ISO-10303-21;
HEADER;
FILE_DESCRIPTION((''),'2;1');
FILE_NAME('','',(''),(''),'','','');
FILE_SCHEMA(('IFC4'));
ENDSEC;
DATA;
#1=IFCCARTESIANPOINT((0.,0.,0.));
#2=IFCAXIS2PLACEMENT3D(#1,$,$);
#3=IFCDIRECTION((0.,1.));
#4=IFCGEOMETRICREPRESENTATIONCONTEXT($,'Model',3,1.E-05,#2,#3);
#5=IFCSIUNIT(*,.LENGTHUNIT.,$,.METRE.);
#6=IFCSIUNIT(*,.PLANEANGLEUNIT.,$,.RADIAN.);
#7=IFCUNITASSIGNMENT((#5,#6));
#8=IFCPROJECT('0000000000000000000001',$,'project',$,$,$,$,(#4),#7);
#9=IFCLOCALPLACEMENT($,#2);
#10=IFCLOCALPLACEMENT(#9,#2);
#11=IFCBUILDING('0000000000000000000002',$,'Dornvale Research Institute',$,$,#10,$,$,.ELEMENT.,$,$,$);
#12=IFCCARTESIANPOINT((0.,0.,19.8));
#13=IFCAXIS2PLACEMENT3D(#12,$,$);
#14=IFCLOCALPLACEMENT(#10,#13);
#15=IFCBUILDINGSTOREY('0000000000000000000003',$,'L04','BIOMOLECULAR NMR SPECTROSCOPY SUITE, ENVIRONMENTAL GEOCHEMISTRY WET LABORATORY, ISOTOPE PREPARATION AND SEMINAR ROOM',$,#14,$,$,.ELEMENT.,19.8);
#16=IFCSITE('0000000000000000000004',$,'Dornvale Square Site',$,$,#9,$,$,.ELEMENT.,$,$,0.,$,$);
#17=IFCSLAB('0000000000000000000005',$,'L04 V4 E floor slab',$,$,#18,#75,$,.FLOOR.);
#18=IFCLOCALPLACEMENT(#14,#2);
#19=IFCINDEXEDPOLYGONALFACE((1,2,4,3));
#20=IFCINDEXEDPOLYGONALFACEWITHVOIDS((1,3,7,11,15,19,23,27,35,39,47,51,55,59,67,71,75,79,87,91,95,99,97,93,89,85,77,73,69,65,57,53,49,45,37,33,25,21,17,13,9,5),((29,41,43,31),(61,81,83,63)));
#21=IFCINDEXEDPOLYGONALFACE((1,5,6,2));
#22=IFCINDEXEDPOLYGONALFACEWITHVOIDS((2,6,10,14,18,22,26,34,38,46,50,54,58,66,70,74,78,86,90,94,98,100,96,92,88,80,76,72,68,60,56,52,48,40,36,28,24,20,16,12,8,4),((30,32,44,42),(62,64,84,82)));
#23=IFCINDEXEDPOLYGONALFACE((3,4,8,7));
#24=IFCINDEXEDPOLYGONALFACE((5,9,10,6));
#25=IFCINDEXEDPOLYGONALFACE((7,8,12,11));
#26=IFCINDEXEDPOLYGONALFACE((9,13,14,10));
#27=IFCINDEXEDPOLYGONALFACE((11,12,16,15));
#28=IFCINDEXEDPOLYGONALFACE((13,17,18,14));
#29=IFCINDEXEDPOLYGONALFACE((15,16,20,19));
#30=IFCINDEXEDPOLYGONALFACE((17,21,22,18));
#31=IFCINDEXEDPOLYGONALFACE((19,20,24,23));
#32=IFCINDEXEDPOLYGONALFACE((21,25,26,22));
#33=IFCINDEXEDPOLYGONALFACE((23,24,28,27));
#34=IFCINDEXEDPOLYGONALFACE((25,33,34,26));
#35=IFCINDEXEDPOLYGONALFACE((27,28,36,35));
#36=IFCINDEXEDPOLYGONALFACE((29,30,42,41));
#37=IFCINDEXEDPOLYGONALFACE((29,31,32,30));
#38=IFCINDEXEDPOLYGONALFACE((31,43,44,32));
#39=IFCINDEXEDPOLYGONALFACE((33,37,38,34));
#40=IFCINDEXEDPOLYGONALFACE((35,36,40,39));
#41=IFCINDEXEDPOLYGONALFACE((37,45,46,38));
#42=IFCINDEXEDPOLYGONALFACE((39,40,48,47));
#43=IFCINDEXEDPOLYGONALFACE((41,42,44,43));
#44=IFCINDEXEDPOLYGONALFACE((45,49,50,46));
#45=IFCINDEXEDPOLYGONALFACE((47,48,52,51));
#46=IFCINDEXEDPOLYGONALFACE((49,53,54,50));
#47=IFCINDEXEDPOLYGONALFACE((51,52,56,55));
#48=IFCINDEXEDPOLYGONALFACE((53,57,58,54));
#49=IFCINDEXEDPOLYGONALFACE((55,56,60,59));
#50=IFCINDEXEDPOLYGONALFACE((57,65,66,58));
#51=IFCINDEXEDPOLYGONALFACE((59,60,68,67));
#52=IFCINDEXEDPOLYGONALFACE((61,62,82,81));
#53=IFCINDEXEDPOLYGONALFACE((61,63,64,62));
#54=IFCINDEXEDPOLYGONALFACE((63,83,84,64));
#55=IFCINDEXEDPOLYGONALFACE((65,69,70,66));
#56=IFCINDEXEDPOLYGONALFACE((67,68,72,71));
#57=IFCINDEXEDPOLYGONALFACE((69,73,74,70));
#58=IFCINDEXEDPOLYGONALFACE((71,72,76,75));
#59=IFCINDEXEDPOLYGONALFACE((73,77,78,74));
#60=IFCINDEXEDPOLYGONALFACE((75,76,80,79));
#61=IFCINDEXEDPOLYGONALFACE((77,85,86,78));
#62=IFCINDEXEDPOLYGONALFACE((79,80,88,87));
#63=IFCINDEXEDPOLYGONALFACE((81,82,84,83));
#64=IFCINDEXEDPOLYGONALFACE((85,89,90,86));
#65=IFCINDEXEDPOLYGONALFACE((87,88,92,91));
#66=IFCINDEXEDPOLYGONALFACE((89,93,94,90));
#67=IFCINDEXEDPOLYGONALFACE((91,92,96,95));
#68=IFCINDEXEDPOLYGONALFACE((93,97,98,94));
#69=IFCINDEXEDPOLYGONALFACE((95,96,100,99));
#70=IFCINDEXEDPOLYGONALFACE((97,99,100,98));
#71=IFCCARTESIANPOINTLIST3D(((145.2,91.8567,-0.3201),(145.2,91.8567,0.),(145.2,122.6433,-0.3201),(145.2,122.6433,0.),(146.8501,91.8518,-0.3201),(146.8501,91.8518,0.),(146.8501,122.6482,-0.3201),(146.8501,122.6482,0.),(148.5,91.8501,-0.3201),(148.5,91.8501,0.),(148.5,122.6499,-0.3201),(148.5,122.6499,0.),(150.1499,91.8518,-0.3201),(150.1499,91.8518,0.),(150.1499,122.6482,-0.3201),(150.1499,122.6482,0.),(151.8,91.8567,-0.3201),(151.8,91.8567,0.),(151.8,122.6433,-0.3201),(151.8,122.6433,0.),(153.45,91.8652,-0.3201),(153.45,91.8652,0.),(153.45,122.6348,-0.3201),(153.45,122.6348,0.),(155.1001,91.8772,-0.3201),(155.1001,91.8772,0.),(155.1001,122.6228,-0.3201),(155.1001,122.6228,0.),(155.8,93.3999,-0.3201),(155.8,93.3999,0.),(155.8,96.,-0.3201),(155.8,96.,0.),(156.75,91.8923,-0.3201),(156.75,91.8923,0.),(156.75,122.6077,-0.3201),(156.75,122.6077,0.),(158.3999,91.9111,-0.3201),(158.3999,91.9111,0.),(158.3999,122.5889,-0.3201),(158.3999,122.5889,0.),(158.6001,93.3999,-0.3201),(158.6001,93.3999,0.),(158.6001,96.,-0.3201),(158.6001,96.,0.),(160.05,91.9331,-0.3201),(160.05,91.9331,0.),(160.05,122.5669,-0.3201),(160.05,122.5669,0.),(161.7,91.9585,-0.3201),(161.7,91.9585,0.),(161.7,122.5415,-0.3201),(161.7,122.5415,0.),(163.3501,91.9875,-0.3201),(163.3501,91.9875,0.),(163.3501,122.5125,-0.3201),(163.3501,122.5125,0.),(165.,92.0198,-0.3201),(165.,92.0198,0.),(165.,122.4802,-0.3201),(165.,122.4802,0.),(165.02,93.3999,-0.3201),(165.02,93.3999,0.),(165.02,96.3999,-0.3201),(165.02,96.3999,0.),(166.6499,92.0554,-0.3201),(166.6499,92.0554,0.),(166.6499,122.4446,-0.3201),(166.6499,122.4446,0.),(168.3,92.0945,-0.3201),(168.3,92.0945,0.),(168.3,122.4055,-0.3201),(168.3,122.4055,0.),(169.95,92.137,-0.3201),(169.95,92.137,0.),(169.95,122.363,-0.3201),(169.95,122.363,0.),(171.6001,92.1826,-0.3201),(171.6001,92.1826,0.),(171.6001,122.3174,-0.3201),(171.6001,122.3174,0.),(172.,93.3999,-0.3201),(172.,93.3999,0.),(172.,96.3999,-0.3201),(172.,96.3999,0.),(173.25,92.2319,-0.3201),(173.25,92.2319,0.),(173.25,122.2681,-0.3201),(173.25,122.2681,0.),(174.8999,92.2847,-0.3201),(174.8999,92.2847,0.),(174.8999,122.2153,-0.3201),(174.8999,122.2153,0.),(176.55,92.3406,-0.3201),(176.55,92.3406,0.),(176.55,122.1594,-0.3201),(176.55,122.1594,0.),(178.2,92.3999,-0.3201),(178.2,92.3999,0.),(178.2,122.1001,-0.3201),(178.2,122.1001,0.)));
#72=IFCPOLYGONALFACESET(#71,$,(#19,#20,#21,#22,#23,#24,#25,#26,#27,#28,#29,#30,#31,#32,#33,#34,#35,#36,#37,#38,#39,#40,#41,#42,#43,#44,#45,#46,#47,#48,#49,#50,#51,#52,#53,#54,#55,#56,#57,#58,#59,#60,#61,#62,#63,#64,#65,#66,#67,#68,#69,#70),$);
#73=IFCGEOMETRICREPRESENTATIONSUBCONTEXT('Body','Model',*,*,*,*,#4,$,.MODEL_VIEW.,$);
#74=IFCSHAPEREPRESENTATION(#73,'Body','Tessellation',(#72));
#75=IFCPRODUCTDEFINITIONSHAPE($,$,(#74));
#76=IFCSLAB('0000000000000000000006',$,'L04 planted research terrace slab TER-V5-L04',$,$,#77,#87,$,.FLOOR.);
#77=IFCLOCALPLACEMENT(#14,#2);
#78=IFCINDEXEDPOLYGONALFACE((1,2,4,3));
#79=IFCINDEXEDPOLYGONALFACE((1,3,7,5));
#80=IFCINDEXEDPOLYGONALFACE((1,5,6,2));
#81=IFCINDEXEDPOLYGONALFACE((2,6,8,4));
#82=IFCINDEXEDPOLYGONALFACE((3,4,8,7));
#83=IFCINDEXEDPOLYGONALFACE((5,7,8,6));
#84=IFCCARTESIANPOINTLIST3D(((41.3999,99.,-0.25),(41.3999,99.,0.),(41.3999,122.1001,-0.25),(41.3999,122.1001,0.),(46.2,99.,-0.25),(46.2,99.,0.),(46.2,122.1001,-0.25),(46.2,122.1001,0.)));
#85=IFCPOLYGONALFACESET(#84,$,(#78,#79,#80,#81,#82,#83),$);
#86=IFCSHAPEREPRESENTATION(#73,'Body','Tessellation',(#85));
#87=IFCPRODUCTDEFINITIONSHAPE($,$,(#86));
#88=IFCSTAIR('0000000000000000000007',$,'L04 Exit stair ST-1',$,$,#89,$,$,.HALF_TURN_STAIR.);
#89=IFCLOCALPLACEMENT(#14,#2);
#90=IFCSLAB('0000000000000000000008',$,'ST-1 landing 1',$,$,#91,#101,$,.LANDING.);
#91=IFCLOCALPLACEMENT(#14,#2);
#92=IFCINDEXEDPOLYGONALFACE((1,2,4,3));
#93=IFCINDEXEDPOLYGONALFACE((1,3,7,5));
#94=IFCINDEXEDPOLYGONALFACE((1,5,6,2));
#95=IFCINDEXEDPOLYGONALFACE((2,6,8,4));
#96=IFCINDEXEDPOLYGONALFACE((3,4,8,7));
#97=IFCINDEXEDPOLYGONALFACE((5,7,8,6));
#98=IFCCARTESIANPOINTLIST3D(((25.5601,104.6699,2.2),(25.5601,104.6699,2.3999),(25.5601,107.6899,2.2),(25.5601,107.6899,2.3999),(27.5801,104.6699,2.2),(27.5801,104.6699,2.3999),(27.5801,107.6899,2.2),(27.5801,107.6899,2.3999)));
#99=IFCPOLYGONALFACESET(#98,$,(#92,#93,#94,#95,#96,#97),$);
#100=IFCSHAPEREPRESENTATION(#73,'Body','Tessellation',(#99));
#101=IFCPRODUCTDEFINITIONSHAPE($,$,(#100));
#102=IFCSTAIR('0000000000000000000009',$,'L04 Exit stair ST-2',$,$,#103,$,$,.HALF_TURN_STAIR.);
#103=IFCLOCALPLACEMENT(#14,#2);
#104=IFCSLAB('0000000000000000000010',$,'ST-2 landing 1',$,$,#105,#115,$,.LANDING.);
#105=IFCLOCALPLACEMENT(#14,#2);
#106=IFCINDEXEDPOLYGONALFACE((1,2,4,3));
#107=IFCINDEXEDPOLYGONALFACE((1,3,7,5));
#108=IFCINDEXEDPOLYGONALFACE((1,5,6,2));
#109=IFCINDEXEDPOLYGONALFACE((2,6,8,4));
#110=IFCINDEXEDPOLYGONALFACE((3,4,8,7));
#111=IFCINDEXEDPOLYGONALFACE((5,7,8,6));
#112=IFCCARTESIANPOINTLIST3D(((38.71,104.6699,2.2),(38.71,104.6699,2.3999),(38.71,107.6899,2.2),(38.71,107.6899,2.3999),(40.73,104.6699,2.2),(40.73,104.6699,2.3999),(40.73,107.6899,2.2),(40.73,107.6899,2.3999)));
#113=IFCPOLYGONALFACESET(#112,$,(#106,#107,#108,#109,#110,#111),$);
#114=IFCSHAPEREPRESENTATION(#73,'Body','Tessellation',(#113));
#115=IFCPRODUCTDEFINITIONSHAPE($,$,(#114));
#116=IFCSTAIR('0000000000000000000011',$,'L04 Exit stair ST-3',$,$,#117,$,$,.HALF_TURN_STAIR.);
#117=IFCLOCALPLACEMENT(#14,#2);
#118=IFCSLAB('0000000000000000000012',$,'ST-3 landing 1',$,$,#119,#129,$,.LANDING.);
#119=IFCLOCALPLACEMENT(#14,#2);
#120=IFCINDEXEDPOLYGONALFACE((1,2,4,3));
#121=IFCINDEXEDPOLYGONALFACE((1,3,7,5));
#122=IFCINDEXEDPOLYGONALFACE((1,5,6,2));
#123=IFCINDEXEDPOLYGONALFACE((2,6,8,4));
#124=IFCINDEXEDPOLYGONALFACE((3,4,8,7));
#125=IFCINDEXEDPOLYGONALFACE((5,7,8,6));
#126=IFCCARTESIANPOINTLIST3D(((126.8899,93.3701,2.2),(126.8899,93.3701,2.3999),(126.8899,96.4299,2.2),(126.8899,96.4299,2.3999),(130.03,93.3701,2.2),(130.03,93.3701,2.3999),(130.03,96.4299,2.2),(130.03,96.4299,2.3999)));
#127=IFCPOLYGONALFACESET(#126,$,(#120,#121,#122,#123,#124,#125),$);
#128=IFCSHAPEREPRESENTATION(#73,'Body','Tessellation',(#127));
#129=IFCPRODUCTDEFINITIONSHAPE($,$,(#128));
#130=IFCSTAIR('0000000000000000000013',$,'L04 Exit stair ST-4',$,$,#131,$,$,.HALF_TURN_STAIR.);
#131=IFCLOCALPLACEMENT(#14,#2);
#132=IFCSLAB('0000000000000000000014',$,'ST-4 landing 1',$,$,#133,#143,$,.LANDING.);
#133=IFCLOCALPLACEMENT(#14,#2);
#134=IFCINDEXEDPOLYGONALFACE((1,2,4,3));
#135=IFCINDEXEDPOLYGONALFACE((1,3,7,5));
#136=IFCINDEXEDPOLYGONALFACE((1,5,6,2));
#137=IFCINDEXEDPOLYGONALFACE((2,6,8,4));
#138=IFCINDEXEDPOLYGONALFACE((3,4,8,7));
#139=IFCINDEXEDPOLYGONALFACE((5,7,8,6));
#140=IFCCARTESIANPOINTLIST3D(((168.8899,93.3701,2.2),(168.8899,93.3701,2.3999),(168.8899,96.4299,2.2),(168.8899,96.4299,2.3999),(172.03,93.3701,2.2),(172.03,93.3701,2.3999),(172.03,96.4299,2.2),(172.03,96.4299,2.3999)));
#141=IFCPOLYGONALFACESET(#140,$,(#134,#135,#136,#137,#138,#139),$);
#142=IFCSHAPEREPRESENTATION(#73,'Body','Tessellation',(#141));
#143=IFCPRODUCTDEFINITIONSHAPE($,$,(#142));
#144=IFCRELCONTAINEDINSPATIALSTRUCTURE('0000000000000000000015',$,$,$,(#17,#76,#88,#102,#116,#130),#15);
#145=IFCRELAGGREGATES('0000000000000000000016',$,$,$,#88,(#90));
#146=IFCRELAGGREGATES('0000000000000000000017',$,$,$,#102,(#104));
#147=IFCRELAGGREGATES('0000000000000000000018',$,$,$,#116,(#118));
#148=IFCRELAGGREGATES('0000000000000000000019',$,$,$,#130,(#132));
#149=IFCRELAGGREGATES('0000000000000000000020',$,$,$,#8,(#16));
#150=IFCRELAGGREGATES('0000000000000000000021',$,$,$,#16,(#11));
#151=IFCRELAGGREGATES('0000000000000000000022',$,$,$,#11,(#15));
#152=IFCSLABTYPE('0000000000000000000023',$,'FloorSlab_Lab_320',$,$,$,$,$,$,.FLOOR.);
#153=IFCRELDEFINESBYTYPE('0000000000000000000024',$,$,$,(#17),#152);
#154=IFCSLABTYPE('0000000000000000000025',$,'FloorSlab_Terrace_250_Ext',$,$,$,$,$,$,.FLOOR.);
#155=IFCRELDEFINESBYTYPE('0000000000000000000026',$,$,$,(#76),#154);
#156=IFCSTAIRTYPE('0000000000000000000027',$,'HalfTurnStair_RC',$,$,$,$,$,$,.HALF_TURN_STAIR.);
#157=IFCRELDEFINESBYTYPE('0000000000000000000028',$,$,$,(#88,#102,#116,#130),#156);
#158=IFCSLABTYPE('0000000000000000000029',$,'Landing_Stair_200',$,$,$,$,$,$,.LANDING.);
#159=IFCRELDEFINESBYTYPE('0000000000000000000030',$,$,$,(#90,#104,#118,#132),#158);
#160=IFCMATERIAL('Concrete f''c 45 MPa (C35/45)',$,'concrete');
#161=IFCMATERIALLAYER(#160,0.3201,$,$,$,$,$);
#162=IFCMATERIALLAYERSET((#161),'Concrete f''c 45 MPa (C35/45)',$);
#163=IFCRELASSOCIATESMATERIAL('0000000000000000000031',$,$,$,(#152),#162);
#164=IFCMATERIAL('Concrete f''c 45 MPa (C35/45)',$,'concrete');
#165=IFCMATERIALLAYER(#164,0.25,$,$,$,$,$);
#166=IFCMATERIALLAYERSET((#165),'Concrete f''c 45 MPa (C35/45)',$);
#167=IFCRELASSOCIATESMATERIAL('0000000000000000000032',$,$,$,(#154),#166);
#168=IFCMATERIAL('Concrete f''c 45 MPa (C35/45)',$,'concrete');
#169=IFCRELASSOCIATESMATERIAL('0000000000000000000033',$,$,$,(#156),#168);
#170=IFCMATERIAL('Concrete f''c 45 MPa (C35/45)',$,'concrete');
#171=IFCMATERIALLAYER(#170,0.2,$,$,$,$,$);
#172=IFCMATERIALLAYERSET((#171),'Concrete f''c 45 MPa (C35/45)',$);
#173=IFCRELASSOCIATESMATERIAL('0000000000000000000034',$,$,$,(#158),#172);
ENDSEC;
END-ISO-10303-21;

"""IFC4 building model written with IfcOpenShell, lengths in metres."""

from ifc_helpers import new_model, si_unit, direction, frame, origin, place, context, subcontext, project, spatial, polyline, outline, extrude, material, layer, layer_set, type_object, element, aggregate, save


model = new_model("IFC4")

# Units and contexts
model_context = context("Model", 3, precision=1e-05, world=origin(), true_north=direction((0.0, 1.0)))
body_context = subcontext(model_context, "Body", "Model", "MODEL_VIEW")
ifc_project = project(units=[si_unit("LENGTHUNIT", "METRE"), si_unit("PLANEANGLEUNIT", "RADIAN")], contexts=[model_context])

# Site, building, storey
site_placement = place(None, origin())
site = spatial("IfcSite", under=ifc_project, at=site_placement, Name="Dornvale Square Site", CompositionType="ELEMENT", RefElevation=0.0)
building_placement = place(site_placement, origin())
building = spatial("IfcBuilding", under=site, at=building_placement, Name="Dornvale Research Institute", CompositionType="ELEMENT")
storey_placement = place(building_placement, frame((0.0, 0.0, 19.8)))
storey = spatial("IfcBuildingStorey", under=building, at=storey_placement, Name="L04", Description="BIOMOLECULAR NMR SPECTROSCOPY SUITE, ENVIRONMENTAL GEOCHEMISTRY WET LABORATORY, ISOTOPE PREPARATION AND SEMINAR ROOM", CompositionType="ELEMENT", Elevation=19.8)

# Slabs
ifc_material_1 = material(Name="Concrete f'c 45 MPa (C35/45)", Category="concrete")
ifc_layer_1 = layer(ifc_material_1, 0.3201)
ifc_layer_set_1 = layer_set([ifc_layer_1], Name="Concrete f'c 45 MPa (C35/45)")
slab_type_1 = type_object("IfcSlabType", Name="FloorSlab_Lab_320", PredefinedType="FLOOR", material=ifc_layer_set_1)
slab_1_placement = place(storey_placement, frame((0.0, 0.0, -0.3201)))
element("IfcSlab", 1, at=slab_1_placement, inside=storey, type_object=slab_type_1, Name="L04 V4 E floor slab", PredefinedType="FLOOR", context=body_context, shape_type="SweptSolid", body=[
    extrude(outline(polyline([(146.8501, 122.6482), (148.5, 122.6499), (150.1499, 122.6482), (151.8, 122.6433), (153.45, 122.6348), (155.1001, 122.6228), (156.75, 122.6077), (158.3999, 122.5889), (160.05, 122.5669), (161.7, 122.5415), (163.3501, 122.5125), (165.0, 122.4802), (166.6499, 122.4446), (168.3, 122.4055), (169.95, 122.363), (171.6001, 122.3174), (173.25, 122.2681), (174.8999, 122.2153), (176.55, 122.1594), (178.2, 122.1001), (178.2, 92.3999), (176.55, 92.3406), (174.8999, 92.2847), (173.25, 92.2319), (171.6001, 92.1826), (169.95, 92.137), (168.3, 92.0945), (166.6499, 92.0554), (165.0, 92.0198), (163.3501, 91.9875), (161.7, 91.9585), (160.05, 91.9331), (158.3999, 91.9111), (156.75, 91.8923), (155.1001, 91.8772), (153.45, 91.8652), (151.8, 91.8567), (150.1499, 91.8518), (148.5, 91.8501), (146.8501, 91.8518), (145.2, 91.8567), (145.2, 122.6433), (146.8501, 122.6482)]), holes=[polyline([(165.02, 93.3999), (172.0, 93.3999), (172.0, 96.3999), (165.02, 96.3999), (165.02, 93.3999)]), polyline([(155.8, 93.3999), (158.6001, 93.3999), (158.6001, 96.0), (155.8, 96.0), (155.8, 93.3999)])]), origin(), (0.0, 0.0, 1.0), 0.3201),
])
ifc_material_2 = material(Name="Concrete f'c 45 MPa (C35/45)", Category="concrete")
ifc_layer_2 = layer(ifc_material_2, 0.25)
ifc_layer_set_2 = layer_set([ifc_layer_2], Name="Concrete f'c 45 MPa (C35/45)")
slab_type_2 = type_object("IfcSlabType", Name="FloorSlab_Terrace_250_Ext", PredefinedType="FLOOR", material=ifc_layer_set_2)
slab_2_placement = place(storey_placement, frame((0.0, 0.0, -0.25)))
element("IfcSlab", 2, at=slab_2_placement, inside=storey, type_object=slab_type_2, Name="L04 planted research terrace slab TER-V5-L04", PredefinedType="FLOOR", context=body_context, shape_type="SweptSolid", body=[
    extrude(outline(polyline([(41.3999, 99.0), (46.2, 99.0), (46.2, 122.1001), (41.3999, 122.1001), (41.3999, 99.0)])), origin(), (0.0, 0.0, 1.0), 0.25),
])

# Stairs, slabs
ifc_material_3 = material(Name="Concrete f'c 45 MPa (C35/45)", Category="concrete")
stair_type = type_object("IfcStairType", Name="HalfTurnStair_RC", PredefinedType="HALF_TURN_STAIR", material=ifc_material_3)
stair_1_placement = place(storey_placement, origin())
stair_1 = element("IfcStair", 3, at=stair_1_placement, inside=storey, type_object=stair_type, Name="L04 Exit stair ST-1", PredefinedType="HALF_TURN_STAIR")
ifc_material_4 = material(Name="Concrete f'c 45 MPa (C35/45)", Category="concrete")
ifc_layer_3 = layer(ifc_material_4, 0.2)
ifc_layer_set_3 = layer_set([ifc_layer_3], Name="Concrete f'c 45 MPa (C35/45)")
slab_type_3 = type_object("IfcSlabType", Name="Landing_Stair_200", PredefinedType="LANDING", material=ifc_layer_set_3)
slab_3_placement = place(storey_placement, frame((0.0, 0.0, 2.2)))
slab_3 = element("IfcSlab", 4, at=slab_3_placement, type_object=slab_type_3, Name="ST-1 landing 1", PredefinedType="LANDING", context=body_context, shape_type="SweptSolid", body=[
    extrude(outline(polyline([(25.5601, 104.6699), (25.5601, 107.6899), (27.5801, 107.6899), (27.5801, 104.6699), (25.5601, 104.6699)])), origin(), (0.0, 0.0, 1.0), 0.2),
])
aggregate(stair_1, [slab_3])
stair_2_placement = place(storey_placement, origin())
stair_2 = element("IfcStair", 5, at=stair_2_placement, inside=storey, type_object=stair_type, Name="L04 Exit stair ST-2", PredefinedType="HALF_TURN_STAIR")
slab_4_placement = place(storey_placement, frame((0.0, 0.0, 2.2)))
slab_4 = element("IfcSlab", 6, at=slab_4_placement, type_object=slab_type_3, Name="ST-2 landing 1", PredefinedType="LANDING", context=body_context, shape_type="SweptSolid", body=[
    extrude(outline(polyline([(38.71, 104.6699), (38.71, 107.6899), (40.73, 107.6899), (40.73, 104.6699), (38.71, 104.6699)])), origin(), (0.0, 0.0, 1.0), 0.2),
])
aggregate(stair_2, [slab_4])
stair_3_placement = place(storey_placement, origin())
stair_3 = element("IfcStair", 7, at=stair_3_placement, inside=storey, type_object=stair_type, Name="L04 Exit stair ST-3", PredefinedType="HALF_TURN_STAIR")
slab_5_placement = place(storey_placement, frame((0.0, 0.0, 2.2)))
slab_5 = element("IfcSlab", 8, at=slab_5_placement, type_object=slab_type_3, Name="ST-3 landing 1", PredefinedType="LANDING", context=body_context, shape_type="SweptSolid", body=[
    extrude(outline(polyline([(126.8899, 93.3701), (126.8899, 96.4299), (130.03, 96.4299), (130.03, 93.3701), (126.8899, 93.3701)])), origin(), (0.0, 0.0, 1.0), 0.2),
])
aggregate(stair_3, [slab_5])
stair_4_placement = place(storey_placement, origin())
stair_4 = element("IfcStair", 9, at=stair_4_placement, inside=storey, type_object=stair_type, Name="L04 Exit stair ST-4", PredefinedType="HALF_TURN_STAIR")
slab_6_placement = place(storey_placement, frame((0.0, 0.0, 2.2)))
slab_6 = element("IfcSlab", 10, at=slab_6_placement, type_object=slab_type_3, Name="ST-4 landing 1", PredefinedType="LANDING", context=body_context, shape_type="SweptSolid", body=[
    extrude(outline(polyline([(168.8899, 93.3701), (168.8899, 96.4299), (172.03, 96.4299), (172.03, 93.3701), (168.8899, 93.3701)])), origin(), (0.0, 0.0, 1.0), 0.2),
])
aggregate(stair_4, [slab_6])

save(model, "model.ifc")
